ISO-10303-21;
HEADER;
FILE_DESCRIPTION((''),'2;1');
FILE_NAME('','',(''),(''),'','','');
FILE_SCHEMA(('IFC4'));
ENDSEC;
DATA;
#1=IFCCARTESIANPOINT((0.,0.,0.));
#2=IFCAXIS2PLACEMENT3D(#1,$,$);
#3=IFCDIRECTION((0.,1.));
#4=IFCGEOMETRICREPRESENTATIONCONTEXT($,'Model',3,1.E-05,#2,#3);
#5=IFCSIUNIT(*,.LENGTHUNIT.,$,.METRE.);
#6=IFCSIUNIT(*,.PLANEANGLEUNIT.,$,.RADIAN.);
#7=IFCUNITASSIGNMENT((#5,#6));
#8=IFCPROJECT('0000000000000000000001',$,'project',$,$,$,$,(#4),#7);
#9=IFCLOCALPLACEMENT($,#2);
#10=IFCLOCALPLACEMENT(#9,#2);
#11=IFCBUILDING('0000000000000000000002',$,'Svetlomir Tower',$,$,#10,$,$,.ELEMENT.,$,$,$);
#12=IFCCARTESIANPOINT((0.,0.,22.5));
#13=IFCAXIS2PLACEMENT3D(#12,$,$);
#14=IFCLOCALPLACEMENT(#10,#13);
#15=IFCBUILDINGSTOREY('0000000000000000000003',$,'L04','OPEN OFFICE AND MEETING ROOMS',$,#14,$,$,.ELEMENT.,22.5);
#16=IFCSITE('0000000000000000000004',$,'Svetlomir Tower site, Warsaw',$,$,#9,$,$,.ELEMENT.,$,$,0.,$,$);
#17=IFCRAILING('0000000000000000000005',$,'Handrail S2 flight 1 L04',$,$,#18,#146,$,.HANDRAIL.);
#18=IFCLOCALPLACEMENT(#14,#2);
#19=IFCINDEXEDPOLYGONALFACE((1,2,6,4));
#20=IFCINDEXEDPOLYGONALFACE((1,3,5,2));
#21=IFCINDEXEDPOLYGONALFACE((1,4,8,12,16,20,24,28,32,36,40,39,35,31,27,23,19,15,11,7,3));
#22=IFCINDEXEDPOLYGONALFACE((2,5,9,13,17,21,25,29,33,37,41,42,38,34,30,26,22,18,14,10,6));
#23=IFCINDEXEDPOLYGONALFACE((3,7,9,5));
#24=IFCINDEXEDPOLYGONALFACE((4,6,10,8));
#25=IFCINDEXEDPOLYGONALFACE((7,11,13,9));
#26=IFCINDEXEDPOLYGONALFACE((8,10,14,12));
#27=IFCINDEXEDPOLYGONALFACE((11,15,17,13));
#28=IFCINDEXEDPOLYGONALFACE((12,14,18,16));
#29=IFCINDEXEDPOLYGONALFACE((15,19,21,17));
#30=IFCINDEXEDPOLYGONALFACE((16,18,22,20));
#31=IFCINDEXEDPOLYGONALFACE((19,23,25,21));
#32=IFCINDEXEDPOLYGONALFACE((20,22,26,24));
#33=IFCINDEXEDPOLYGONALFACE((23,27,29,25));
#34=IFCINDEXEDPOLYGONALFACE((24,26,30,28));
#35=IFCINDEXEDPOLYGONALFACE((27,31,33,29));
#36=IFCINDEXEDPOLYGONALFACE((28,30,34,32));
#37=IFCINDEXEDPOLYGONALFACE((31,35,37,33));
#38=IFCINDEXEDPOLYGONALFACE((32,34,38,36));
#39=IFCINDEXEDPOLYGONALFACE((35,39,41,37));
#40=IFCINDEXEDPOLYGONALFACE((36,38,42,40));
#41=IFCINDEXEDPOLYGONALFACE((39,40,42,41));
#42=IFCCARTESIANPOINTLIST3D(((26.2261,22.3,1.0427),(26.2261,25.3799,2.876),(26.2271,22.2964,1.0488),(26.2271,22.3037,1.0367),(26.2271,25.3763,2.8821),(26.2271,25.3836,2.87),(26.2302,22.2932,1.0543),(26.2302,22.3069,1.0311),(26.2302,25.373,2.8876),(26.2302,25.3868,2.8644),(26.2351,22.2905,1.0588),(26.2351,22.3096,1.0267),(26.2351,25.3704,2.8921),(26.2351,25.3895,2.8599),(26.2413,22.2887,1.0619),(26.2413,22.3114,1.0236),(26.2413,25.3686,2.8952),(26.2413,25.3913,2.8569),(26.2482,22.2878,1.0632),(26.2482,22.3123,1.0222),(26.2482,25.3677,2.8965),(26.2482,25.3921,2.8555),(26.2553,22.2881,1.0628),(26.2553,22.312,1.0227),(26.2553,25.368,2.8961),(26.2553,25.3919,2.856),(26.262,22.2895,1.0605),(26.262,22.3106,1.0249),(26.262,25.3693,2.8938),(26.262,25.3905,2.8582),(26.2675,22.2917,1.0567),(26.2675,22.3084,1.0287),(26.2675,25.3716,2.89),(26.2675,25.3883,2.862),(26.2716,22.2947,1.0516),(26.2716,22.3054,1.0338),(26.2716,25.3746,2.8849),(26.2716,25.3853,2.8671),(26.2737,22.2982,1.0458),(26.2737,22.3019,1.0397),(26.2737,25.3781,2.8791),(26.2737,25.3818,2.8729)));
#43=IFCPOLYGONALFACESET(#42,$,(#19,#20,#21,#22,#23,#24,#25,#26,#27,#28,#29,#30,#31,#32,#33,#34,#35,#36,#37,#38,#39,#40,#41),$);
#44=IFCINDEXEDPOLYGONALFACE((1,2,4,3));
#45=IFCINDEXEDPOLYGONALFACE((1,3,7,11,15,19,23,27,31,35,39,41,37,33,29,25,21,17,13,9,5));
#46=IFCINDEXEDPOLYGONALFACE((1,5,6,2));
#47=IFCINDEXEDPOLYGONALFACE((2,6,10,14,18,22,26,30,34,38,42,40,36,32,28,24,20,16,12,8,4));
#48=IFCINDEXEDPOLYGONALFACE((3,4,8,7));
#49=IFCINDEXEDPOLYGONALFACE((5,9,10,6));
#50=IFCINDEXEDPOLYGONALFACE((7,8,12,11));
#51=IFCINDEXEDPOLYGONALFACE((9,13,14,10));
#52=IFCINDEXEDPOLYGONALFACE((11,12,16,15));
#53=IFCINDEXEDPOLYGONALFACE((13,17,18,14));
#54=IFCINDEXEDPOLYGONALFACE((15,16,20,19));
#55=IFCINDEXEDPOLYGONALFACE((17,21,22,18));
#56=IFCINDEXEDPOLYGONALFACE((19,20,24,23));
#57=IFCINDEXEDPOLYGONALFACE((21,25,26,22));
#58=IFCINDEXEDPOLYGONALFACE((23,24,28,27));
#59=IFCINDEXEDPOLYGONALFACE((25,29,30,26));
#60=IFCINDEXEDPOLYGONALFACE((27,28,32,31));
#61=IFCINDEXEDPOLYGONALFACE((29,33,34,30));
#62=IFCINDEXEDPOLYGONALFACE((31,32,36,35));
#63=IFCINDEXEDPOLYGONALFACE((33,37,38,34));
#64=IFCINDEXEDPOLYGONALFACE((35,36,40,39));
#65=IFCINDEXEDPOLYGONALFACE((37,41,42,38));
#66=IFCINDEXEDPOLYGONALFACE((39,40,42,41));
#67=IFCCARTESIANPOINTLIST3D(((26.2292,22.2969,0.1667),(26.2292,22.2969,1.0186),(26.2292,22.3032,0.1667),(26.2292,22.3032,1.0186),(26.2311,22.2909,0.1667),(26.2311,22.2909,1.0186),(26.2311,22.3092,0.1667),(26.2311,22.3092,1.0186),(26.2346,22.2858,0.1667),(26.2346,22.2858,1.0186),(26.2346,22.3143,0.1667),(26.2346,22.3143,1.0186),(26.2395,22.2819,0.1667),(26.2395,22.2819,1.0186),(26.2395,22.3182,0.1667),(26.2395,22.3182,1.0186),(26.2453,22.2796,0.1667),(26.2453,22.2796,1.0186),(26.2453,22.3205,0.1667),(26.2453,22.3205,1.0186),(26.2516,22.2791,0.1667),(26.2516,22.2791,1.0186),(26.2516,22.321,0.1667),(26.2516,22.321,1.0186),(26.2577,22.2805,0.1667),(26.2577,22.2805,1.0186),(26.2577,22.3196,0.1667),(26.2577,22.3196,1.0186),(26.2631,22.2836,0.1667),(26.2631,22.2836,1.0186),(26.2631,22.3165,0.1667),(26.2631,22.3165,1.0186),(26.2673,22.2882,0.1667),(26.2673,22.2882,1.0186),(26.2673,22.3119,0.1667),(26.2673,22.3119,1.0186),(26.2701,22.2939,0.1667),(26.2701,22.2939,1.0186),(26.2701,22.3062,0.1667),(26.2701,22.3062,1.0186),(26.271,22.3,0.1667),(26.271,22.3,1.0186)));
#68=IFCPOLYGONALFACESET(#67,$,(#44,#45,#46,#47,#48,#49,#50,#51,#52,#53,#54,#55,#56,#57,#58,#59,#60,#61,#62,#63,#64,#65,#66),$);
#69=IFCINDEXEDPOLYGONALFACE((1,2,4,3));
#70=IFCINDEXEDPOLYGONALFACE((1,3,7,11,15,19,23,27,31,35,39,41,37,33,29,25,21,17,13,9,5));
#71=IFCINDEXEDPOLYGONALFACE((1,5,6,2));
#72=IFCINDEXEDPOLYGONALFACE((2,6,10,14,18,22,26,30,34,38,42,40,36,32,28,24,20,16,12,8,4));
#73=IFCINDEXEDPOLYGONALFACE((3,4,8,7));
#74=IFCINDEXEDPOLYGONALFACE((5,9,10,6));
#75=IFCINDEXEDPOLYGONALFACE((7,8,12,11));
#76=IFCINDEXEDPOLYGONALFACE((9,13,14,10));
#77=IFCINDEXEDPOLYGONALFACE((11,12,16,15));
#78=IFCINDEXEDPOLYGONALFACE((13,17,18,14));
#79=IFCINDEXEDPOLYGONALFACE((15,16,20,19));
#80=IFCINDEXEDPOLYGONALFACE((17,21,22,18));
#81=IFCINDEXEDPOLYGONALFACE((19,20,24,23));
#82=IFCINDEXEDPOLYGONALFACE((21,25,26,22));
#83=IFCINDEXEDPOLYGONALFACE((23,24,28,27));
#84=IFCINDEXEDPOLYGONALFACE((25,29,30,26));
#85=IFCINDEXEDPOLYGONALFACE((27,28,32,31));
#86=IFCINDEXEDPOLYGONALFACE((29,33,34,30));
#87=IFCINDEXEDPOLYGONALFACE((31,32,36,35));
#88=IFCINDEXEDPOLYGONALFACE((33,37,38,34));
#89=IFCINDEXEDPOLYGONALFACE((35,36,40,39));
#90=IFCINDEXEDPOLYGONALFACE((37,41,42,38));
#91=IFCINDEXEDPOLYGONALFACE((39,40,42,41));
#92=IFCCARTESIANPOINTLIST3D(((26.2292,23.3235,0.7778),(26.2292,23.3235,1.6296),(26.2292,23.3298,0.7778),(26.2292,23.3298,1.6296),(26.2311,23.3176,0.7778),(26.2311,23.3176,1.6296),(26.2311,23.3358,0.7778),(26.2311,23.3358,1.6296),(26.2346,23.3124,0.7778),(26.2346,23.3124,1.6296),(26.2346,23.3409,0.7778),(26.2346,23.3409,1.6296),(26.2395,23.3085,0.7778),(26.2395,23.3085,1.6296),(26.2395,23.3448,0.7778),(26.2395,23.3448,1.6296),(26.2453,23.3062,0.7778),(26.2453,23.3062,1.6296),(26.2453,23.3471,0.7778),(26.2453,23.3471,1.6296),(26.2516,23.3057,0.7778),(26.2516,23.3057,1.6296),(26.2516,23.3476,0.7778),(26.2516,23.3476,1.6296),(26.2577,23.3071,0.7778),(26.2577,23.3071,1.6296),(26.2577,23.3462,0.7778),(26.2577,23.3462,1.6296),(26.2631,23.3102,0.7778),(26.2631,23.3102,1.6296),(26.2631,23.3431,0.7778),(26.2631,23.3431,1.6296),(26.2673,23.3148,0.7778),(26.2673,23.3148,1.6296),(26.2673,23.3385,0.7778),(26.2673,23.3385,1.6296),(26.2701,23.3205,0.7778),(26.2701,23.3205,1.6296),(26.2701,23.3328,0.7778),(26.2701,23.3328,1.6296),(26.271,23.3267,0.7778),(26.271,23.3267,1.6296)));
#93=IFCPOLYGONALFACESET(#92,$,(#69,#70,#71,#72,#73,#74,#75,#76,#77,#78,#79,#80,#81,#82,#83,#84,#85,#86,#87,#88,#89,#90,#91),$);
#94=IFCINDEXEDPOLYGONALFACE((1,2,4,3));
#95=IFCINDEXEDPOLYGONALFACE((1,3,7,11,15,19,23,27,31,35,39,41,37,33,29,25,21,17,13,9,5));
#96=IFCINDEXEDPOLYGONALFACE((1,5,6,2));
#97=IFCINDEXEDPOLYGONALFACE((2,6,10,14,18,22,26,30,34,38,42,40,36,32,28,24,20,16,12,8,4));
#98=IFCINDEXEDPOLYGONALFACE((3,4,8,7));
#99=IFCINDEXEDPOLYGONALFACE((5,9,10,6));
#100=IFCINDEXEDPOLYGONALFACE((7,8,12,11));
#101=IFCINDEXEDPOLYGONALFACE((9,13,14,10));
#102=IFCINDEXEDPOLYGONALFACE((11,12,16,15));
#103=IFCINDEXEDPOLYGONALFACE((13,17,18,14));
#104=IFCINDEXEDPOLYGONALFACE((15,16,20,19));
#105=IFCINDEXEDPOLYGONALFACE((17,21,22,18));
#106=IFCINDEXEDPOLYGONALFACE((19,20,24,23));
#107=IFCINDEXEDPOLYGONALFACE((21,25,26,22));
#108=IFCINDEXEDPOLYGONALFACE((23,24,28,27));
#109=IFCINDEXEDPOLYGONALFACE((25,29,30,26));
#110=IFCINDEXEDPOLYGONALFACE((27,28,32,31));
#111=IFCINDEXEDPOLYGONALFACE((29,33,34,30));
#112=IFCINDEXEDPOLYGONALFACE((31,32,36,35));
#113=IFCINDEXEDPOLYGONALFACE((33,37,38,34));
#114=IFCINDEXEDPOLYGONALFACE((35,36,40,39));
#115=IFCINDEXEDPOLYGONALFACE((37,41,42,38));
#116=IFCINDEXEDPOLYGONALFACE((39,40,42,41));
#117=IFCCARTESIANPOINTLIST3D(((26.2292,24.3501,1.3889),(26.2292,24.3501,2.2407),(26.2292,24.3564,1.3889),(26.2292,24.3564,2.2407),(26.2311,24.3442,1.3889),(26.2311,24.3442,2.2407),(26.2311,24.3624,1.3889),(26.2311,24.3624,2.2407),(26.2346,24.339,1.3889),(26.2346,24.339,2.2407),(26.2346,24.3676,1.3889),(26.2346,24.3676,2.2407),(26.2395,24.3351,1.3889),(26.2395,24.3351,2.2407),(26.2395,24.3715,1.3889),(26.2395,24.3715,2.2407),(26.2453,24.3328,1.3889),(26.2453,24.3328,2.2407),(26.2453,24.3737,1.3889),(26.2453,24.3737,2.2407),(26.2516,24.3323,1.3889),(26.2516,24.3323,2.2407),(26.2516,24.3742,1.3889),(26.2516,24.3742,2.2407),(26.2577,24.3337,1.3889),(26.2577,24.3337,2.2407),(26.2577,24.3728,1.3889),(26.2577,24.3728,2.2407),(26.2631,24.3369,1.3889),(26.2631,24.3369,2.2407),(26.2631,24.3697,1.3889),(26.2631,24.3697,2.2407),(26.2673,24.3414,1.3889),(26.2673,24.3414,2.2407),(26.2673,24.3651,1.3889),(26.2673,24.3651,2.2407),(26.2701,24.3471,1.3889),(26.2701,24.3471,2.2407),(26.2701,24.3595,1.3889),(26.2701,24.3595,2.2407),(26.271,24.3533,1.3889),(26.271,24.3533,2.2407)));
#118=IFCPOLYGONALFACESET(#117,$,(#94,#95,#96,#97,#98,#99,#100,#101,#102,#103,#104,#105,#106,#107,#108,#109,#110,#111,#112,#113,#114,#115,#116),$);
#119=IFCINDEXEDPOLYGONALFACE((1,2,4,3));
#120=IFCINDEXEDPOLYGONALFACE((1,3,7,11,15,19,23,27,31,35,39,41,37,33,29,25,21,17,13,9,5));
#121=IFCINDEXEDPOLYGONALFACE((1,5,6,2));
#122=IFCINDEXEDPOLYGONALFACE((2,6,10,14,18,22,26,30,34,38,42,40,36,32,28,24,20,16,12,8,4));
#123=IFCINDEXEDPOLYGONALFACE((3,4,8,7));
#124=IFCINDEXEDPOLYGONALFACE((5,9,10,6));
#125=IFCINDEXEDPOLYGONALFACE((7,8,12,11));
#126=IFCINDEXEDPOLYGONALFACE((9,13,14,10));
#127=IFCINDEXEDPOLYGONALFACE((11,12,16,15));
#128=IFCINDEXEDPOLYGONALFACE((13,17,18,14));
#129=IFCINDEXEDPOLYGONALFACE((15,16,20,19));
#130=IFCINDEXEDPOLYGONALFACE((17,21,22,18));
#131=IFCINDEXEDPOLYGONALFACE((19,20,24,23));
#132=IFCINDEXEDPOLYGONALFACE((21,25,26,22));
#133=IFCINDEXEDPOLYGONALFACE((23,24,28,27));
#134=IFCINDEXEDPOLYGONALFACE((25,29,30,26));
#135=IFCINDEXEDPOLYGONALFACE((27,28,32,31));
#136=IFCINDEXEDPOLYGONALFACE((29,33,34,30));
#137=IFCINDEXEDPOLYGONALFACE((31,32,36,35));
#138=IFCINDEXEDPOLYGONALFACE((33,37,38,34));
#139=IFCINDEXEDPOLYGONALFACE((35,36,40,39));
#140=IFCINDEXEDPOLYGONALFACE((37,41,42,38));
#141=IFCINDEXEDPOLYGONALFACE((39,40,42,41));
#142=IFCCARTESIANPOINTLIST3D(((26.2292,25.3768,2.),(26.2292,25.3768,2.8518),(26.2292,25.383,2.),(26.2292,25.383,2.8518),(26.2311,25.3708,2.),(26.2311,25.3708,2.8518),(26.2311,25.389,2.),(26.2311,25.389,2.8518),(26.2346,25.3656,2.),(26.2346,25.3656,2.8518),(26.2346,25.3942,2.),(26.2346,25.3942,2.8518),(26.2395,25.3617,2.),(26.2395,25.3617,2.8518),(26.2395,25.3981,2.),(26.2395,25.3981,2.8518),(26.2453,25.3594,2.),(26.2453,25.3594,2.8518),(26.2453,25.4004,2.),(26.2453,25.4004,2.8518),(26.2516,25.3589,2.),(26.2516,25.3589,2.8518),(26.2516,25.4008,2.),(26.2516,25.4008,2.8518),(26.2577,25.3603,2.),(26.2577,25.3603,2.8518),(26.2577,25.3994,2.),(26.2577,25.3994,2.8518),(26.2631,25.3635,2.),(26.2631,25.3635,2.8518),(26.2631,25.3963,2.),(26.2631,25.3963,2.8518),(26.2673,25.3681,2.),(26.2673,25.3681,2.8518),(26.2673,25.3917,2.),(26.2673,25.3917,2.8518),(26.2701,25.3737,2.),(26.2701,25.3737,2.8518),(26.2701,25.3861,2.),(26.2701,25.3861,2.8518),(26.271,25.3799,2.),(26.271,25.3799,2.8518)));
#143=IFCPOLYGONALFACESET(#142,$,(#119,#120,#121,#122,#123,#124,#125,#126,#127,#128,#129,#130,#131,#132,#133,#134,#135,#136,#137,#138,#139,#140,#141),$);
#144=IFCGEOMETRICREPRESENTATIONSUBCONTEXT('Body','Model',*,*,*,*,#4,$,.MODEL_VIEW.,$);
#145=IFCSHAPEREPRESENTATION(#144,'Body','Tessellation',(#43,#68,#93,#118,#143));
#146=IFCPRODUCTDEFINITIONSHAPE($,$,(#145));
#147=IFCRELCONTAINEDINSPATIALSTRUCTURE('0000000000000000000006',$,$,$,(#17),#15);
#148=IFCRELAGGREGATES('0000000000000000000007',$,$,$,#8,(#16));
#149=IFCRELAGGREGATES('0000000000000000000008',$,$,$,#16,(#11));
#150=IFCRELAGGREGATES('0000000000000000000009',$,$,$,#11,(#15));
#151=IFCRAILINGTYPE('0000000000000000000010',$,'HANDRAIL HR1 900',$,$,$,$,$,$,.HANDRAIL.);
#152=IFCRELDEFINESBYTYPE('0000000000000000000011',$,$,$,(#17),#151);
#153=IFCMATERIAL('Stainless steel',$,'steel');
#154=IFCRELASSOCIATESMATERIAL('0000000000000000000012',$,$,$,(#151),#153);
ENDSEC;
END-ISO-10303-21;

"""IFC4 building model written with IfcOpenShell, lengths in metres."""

from ifc_helpers import new_model, si_unit, direction, frame, origin, origin_2d, place, context, subcontext, project, spatial, circle, extrude, material, type_object, element, save


model = new_model("IFC4")

# Units and contexts
model_context = context("Model", 3, precision=1e-05, world=origin(), true_north=direction((0.0, 1.0)))
body_context = subcontext(model_context, "Body", "Model", "MODEL_VIEW")
ifc_project = project(units=[si_unit("LENGTHUNIT", "METRE"), si_unit("PLANEANGLEUNIT", "RADIAN")], contexts=[model_context])

# Site, building, storey
site_placement = place(None, origin())
site = spatial("IfcSite", under=ifc_project, at=site_placement, Name="Svetlomir Tower site, Warsaw", CompositionType="ELEMENT", RefElevation=0.0)
building_placement = place(site_placement, origin())
building = spatial("IfcBuilding", under=site, at=building_placement, Name="Svetlomir Tower", CompositionType="ELEMENT")
storey_placement = place(building_placement, frame((0.0, 0.0, 22.5)))
storey = spatial("IfcBuildingStorey", under=building, at=storey_placement, Name="L04", Description="OPEN OFFICE AND MEETING ROOMS", CompositionType="ELEMENT", Elevation=22.5)

# Railing
ifc_material_1 = material(Name="Stainless steel", Category="steel")
railing_type = type_object("IfcRailingType", Name="HANDRAIL HR1 900", PredefinedType="HANDRAIL", material=ifc_material_1)
railing_1_placement = place(storey_placement, frame((26.25, 22.3, 0.1667)))
element("IfcRailing", 1, at=railing_1_placement, inside=storey, type_object=railing_type, Name="Handrail S2 flight 1 L04", PredefinedType="HANDRAIL", context=body_context, shape_type="SweptSolid", body=[
    extrude(circle(Radius=0.0239, at=origin_2d()), frame((0.0, 0.0, 0.876), z_axis=(0.0, 0.859291, 0.511487), x_axis=(-1.0, 0.0, 0.0)), (0.0, 0.0, 1.0), 3.5842),
    extrude(circle(Radius=0.021, at=origin_2d()), origin(), (0.0, 0.0, 1.0), 0.8518),
    extrude(circle(Radius=0.021, at=origin_2d()), frame((0.0, 1.0266, 0.6111)), (0.0, 0.0, 1.0), 0.8518),
    extrude(circle(Radius=0.021, at=origin_2d()), frame((0.0, 2.0532, 1.2222)), (0.0, 0.0, 1.0), 0.8518),
    extrude(circle(Radius=0.021, at=origin_2d()), frame((0.0, 3.0798, 1.8333)), (0.0, 0.0, 1.0), 0.8518),
])

save(model, "model.ifc")
